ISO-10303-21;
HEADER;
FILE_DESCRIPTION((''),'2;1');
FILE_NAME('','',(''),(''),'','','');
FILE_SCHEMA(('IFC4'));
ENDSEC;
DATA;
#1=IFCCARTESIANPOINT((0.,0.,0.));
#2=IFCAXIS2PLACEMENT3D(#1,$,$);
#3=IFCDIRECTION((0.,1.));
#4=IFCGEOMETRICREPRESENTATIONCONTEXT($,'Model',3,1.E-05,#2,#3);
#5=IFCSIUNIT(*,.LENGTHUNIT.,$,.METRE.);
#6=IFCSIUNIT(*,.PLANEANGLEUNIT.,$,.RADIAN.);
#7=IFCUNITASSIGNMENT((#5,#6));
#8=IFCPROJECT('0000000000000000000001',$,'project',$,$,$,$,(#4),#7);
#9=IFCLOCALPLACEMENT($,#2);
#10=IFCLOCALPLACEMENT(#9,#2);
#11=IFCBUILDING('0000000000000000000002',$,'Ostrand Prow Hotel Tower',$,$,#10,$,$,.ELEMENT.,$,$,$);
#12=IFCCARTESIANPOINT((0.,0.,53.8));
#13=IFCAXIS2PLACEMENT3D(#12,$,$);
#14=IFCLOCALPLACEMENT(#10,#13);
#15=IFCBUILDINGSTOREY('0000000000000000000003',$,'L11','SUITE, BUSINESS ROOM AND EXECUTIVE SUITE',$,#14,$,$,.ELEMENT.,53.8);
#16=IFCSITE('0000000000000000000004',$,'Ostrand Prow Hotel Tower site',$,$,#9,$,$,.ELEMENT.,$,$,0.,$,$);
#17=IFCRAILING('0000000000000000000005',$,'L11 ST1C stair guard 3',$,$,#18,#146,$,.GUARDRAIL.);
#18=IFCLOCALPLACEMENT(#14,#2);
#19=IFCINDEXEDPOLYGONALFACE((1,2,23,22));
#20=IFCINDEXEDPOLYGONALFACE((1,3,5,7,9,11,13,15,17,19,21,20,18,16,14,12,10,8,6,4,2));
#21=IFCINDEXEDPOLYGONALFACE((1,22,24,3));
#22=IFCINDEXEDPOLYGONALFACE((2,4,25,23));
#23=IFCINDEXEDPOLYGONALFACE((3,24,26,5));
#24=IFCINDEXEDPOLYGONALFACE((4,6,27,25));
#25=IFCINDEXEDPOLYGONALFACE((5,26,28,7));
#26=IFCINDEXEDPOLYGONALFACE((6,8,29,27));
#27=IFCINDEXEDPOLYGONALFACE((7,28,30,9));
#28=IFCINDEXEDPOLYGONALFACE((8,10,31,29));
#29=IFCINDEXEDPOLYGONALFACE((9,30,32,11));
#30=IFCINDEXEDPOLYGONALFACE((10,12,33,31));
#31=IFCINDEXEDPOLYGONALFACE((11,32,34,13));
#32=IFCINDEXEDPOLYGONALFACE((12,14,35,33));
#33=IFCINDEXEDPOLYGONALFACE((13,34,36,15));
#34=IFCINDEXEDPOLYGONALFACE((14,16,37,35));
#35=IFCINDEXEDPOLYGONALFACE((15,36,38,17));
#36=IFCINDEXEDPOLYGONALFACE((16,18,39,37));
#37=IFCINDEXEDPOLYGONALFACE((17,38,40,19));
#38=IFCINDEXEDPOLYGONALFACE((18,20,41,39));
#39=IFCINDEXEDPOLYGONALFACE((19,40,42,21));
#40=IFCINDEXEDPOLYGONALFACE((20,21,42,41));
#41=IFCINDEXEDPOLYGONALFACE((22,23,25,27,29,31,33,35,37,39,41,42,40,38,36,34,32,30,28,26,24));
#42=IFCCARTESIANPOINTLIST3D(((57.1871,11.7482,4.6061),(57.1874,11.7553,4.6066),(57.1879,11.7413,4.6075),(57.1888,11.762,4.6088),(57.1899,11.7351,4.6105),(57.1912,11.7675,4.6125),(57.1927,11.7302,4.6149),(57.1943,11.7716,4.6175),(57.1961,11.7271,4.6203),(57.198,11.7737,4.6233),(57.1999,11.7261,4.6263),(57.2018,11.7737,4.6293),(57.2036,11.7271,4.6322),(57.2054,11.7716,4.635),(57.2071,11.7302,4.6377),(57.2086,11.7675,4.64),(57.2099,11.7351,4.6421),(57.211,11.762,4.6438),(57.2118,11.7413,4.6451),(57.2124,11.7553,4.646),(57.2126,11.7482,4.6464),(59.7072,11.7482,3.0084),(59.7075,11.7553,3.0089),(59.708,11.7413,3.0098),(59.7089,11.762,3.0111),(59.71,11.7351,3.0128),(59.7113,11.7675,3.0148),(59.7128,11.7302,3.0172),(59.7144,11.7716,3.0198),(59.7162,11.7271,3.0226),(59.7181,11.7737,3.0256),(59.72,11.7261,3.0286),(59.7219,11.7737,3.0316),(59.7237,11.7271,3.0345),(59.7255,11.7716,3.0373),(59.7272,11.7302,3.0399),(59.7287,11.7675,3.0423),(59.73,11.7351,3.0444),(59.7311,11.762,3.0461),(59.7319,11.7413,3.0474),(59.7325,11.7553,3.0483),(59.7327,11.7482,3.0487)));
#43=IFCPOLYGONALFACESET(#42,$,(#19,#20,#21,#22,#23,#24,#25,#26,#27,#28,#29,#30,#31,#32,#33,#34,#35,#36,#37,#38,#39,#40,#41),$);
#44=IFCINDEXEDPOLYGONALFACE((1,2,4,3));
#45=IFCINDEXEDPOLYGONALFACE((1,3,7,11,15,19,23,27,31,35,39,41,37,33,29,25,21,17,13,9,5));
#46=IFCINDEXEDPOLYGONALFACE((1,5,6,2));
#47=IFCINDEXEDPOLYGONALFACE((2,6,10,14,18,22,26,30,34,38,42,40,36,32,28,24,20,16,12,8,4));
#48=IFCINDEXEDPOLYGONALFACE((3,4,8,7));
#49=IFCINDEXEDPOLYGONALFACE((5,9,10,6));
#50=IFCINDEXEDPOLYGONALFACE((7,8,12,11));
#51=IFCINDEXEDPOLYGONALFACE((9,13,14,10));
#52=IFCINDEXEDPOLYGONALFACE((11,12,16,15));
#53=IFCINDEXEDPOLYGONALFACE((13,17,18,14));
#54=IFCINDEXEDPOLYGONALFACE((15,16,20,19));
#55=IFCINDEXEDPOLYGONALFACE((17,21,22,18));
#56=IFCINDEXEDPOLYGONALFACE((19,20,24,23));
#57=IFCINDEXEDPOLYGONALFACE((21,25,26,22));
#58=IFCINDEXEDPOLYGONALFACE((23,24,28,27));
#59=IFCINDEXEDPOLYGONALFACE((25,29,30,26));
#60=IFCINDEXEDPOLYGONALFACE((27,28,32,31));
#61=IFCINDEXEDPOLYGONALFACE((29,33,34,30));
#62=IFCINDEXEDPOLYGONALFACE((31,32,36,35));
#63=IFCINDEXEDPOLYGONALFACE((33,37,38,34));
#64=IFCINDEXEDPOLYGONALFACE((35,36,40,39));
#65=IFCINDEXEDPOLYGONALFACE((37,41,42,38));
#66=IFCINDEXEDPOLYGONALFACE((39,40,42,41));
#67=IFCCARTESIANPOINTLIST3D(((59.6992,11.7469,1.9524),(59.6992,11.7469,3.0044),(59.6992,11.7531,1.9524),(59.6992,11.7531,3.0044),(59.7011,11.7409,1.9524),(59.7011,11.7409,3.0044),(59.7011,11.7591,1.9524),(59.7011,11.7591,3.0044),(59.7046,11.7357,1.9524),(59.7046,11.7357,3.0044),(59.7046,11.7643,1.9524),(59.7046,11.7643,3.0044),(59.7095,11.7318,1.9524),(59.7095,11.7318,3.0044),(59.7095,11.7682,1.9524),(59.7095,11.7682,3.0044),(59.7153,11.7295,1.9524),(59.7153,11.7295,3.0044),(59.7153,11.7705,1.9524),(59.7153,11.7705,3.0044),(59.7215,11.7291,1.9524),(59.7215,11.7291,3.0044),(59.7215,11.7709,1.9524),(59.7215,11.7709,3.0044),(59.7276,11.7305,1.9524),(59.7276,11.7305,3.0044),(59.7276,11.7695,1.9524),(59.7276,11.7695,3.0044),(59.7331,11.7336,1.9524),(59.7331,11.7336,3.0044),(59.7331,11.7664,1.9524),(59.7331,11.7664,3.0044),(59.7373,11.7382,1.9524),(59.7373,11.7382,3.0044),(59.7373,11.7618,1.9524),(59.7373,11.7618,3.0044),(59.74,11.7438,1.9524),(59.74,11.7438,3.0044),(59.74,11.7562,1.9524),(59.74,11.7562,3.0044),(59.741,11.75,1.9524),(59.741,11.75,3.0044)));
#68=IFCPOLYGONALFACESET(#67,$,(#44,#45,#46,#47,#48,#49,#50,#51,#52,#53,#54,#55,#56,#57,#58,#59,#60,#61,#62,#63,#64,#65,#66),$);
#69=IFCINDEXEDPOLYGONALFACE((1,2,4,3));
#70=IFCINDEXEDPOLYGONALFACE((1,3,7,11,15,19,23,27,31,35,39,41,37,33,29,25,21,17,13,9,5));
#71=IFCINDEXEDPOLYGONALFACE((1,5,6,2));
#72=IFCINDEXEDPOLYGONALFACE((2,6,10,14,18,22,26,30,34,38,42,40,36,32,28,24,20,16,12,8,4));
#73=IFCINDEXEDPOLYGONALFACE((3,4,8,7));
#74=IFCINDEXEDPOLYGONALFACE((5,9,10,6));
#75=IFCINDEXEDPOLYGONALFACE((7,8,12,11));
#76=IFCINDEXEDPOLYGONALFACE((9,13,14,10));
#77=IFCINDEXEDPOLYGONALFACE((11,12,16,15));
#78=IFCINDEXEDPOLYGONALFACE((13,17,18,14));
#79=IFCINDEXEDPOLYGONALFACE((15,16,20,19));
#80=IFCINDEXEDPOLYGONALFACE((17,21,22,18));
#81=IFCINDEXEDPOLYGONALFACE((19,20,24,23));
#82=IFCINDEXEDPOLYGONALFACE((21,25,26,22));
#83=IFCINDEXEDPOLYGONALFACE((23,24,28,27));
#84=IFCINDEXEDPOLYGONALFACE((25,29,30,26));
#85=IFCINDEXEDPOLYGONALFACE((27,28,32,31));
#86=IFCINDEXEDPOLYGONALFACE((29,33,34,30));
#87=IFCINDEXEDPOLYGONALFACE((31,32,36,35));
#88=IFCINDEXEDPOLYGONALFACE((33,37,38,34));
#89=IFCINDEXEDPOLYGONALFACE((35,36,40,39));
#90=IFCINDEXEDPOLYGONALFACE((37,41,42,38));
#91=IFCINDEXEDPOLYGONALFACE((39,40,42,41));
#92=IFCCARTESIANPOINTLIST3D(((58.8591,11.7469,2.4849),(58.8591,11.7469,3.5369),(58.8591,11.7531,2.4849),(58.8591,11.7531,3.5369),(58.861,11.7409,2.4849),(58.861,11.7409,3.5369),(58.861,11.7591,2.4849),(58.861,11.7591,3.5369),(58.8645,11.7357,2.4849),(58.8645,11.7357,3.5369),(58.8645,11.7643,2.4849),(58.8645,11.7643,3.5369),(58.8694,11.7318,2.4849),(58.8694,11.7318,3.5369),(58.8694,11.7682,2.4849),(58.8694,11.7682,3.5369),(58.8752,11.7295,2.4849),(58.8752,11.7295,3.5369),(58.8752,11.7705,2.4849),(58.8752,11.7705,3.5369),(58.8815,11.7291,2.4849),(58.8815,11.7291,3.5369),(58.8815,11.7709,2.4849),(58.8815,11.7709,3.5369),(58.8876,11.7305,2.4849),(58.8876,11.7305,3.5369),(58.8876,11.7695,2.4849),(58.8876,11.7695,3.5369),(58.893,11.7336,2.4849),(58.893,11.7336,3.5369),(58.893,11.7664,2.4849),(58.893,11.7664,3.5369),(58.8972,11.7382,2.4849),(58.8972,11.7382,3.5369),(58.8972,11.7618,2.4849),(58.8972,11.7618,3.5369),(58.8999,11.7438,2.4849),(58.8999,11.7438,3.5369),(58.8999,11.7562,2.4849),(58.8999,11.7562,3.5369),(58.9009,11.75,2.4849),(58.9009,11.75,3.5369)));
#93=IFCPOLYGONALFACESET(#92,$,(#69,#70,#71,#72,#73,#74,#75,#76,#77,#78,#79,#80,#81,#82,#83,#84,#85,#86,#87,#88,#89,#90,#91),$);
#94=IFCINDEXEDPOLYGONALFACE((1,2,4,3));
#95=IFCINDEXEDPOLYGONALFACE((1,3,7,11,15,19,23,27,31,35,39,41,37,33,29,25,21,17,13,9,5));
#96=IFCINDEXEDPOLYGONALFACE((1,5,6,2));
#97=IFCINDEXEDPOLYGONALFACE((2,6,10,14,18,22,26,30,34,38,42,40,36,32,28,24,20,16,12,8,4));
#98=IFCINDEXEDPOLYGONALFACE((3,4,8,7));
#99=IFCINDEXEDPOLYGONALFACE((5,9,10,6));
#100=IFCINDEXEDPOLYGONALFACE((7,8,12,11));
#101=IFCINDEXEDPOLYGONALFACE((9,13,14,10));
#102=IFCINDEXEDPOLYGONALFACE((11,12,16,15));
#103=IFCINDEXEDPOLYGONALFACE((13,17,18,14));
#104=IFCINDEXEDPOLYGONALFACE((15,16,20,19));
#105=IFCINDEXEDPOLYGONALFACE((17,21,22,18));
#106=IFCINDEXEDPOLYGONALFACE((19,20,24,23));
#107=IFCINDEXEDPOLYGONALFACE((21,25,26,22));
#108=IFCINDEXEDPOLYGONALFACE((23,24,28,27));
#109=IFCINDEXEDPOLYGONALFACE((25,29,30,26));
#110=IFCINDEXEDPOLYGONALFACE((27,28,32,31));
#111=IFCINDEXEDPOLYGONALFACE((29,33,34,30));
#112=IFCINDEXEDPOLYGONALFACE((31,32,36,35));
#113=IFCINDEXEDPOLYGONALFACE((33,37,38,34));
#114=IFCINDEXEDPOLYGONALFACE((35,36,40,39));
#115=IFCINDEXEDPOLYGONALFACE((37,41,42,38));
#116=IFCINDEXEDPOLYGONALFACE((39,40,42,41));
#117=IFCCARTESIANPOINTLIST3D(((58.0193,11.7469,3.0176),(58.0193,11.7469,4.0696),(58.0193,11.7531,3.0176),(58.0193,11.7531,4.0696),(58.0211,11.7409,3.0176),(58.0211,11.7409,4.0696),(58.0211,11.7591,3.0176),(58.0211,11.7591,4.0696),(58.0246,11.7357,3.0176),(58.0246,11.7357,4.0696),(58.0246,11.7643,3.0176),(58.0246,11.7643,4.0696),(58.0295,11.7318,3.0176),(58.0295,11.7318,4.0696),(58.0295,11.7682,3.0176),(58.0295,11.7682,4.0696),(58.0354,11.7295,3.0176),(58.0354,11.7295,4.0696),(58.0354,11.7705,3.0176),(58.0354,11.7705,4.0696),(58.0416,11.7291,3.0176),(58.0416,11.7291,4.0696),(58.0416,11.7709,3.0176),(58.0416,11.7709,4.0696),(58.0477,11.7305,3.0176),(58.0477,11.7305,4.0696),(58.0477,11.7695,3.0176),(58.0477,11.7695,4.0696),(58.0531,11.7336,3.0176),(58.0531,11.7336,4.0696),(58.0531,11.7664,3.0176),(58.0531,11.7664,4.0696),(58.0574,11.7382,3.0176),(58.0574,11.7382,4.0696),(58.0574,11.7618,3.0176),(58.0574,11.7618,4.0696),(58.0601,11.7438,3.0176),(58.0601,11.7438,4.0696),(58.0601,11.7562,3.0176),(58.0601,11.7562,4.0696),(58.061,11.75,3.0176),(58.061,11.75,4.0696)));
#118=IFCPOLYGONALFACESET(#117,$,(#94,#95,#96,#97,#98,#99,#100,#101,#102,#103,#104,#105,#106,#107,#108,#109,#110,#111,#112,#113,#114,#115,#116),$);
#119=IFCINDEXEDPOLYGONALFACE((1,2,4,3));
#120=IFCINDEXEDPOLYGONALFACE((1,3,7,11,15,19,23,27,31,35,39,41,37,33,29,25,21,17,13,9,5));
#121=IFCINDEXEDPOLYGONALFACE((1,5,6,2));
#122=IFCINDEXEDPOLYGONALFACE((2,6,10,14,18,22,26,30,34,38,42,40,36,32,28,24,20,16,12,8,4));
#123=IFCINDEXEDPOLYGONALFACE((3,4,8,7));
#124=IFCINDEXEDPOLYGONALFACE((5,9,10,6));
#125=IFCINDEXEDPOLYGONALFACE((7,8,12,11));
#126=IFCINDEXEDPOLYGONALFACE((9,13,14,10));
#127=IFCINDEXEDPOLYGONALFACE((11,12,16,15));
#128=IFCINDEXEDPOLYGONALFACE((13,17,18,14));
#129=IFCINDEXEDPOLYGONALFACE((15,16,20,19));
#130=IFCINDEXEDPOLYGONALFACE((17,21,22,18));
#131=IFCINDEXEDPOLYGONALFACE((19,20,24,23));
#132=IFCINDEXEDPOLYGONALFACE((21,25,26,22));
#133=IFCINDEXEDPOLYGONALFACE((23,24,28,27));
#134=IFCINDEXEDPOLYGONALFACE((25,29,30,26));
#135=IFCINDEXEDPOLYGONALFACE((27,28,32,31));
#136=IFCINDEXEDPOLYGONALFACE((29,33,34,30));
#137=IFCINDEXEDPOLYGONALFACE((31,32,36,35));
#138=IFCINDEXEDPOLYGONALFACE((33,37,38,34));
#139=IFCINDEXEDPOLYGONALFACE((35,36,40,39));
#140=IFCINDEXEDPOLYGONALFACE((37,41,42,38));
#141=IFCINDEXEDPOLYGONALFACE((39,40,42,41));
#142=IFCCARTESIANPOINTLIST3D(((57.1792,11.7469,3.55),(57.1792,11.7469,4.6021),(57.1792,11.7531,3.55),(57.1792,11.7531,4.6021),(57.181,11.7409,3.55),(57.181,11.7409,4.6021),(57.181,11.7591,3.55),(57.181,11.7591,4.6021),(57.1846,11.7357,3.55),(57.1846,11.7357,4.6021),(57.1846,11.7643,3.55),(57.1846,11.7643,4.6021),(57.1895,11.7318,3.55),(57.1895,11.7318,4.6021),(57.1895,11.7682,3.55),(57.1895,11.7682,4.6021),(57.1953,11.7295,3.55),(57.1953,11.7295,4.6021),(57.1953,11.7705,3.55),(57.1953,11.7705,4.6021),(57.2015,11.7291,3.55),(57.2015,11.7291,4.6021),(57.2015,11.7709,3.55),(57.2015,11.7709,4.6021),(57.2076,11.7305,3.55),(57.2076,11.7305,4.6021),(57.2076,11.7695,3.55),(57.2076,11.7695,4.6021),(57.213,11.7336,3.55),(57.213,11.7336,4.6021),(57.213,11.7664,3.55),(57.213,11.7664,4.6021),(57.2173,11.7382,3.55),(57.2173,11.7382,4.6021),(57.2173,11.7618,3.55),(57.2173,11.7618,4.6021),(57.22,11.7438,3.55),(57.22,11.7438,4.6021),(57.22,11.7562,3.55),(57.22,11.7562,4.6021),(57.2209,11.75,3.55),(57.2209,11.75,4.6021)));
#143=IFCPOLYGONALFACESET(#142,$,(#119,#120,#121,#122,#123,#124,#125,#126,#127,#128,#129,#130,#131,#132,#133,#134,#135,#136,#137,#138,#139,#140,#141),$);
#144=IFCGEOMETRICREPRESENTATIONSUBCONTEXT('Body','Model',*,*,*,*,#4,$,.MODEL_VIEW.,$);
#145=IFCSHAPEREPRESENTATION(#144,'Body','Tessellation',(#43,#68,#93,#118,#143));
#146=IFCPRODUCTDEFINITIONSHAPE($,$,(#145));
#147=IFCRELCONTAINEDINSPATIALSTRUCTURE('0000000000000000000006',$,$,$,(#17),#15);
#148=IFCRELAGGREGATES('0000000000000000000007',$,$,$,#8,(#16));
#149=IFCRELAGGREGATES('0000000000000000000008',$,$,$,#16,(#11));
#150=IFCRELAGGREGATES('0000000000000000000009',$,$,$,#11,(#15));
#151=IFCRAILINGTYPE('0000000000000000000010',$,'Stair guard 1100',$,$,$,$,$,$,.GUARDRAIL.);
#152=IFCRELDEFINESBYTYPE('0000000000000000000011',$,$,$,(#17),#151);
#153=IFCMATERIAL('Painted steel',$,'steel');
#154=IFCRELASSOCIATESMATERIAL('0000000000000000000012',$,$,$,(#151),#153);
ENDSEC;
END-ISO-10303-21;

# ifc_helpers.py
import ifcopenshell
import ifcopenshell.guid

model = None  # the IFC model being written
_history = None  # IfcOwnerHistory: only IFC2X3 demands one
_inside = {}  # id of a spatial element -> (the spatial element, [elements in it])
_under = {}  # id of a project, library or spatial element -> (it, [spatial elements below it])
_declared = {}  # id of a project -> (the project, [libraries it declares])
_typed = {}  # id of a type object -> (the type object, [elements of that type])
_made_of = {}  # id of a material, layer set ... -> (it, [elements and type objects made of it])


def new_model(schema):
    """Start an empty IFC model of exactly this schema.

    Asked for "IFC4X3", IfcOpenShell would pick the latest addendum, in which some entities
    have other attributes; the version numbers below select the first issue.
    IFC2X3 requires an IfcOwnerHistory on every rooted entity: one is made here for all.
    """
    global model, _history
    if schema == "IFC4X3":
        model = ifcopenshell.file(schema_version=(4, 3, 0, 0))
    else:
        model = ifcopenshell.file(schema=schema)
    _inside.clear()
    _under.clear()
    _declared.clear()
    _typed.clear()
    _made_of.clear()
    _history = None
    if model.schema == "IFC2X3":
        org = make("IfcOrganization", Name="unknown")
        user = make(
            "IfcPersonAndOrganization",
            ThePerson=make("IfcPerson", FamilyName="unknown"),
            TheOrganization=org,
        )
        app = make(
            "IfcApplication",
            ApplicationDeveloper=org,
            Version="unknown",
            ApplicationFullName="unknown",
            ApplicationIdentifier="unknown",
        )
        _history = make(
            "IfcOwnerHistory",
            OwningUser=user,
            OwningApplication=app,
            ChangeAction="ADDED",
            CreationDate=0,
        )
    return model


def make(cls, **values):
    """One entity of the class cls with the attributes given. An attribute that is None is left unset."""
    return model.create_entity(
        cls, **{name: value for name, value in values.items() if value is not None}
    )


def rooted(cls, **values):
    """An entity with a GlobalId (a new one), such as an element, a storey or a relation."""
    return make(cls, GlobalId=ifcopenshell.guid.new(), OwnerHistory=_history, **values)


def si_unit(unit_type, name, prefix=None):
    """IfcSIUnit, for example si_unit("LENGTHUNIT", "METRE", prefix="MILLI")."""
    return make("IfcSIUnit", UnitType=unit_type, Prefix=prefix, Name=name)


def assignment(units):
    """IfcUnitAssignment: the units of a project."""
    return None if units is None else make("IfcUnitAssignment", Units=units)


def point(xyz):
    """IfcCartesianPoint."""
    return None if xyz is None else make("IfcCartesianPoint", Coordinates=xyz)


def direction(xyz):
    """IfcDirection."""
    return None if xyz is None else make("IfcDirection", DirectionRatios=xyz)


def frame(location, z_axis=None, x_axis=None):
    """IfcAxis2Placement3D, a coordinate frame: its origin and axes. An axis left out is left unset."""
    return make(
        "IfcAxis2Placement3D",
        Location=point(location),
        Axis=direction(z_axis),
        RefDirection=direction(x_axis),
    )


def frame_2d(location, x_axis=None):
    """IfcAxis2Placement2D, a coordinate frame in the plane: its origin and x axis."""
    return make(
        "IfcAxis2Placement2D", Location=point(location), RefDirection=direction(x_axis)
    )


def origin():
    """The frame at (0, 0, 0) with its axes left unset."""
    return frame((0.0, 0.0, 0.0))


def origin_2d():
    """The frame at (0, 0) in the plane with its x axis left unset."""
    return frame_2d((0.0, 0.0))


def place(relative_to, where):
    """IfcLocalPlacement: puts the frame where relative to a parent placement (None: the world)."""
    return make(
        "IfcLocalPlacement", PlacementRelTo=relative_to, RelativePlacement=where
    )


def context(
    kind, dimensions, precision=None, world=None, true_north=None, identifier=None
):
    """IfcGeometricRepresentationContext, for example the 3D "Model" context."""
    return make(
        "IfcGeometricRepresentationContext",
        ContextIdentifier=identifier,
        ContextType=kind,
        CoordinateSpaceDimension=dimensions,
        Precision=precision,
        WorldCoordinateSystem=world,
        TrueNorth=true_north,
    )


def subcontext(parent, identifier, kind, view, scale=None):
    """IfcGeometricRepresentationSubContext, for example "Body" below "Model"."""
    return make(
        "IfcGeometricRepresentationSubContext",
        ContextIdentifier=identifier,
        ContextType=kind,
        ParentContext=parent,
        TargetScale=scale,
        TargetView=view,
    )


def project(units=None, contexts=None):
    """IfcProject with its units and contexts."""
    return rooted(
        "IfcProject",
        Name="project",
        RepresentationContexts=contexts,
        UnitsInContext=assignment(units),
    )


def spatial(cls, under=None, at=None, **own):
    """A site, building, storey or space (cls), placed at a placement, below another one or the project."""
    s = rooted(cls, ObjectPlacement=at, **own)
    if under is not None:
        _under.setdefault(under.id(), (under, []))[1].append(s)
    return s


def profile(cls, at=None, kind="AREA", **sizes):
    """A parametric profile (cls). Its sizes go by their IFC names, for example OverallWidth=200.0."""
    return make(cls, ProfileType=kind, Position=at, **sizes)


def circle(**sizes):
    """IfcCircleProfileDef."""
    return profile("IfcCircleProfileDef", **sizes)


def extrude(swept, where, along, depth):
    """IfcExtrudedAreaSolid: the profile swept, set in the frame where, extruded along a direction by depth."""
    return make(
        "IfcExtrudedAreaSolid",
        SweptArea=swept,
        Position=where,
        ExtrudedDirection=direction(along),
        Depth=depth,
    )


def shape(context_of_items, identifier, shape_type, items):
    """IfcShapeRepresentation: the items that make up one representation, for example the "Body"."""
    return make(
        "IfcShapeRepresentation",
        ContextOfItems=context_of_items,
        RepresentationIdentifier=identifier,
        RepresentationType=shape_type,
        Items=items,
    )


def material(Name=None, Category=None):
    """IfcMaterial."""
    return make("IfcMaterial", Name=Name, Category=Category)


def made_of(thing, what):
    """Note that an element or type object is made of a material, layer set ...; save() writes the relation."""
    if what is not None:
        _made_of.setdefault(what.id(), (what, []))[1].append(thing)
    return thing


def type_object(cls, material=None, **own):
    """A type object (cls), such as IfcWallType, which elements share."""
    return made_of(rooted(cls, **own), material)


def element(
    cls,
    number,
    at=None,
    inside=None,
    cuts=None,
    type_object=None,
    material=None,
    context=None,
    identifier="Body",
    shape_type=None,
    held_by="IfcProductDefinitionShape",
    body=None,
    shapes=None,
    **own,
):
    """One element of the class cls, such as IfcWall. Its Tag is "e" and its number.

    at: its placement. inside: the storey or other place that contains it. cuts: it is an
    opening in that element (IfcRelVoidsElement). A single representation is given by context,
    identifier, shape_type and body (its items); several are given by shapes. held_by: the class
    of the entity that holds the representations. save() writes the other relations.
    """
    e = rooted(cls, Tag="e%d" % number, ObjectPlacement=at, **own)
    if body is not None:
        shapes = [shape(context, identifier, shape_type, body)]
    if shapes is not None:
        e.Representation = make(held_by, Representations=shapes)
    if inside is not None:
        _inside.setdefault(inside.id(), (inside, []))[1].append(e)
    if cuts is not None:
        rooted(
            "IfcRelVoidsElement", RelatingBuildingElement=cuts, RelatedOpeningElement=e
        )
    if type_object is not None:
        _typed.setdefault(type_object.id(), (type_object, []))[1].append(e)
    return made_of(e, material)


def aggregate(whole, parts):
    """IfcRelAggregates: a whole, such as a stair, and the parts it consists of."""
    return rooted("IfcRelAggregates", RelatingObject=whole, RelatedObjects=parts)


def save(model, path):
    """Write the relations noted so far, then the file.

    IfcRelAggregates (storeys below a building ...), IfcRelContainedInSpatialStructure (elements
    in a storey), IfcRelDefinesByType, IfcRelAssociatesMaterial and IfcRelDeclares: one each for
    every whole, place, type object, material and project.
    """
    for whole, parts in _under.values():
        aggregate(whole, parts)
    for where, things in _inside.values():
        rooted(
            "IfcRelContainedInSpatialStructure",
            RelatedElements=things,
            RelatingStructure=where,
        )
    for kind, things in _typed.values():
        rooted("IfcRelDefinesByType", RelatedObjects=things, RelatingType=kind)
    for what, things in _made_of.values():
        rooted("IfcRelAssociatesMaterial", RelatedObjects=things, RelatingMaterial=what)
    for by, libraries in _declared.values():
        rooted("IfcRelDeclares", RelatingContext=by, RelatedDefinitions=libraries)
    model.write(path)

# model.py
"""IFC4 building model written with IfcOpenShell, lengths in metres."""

from ifc_helpers import new_model, si_unit, direction, frame, origin, origin_2d, place, context, subcontext, project, spatial, circle, extrude, material, type_object, element, save


model = new_model("IFC4")

# Units and contexts
model_context = context("Model", 3, precision=1e-05, world=origin(), true_north=direction((0.0, 1.0)))
body_context = subcontext(model_context, "Body", "Model", "MODEL_VIEW")
ifc_project = project(units=[si_unit("LENGTHUNIT", "METRE"), si_unit("PLANEANGLEUNIT", "RADIAN")], contexts=[model_context])

# Site, building, storey
site_placement = place(None, origin())
site = spatial("IfcSite", under=ifc_project, at=site_placement, Name="Ostrand Prow Hotel Tower site", CompositionType="ELEMENT", RefElevation=0.0)
building_placement = place(site_placement, origin())
building = spatial("IfcBuilding", under=site, at=building_placement, Name="Ostrand Prow Hotel Tower", CompositionType="ELEMENT")
storey_placement = place(building_placement, frame((0.0, 0.0, 53.8)))
storey = spatial("IfcBuildingStorey", under=building, at=storey_placement, Name="L11", Description="SUITE, BUSINESS ROOM AND EXECUTIVE SUITE", CompositionType="ELEMENT", Elevation=53.8)

# Railing
ifc_material_1 = material(Name="Painted steel", Category="steel")
railing_type_1 = type_object("IfcRailingType", Name="Stair guard 1100", PredefinedType="GUARDRAIL", material=ifc_material_1)
railing_1_placement = place(storey_placement, frame((59.72, 11.75, 1.9524)))
element("IfcRailing", 1, at=railing_1_placement, inside=storey, type_object=railing_type_1, Name="L11 ST1C stair guard 3", PredefinedType="GUARDRAIL", context=body_context, shape_type="SweptSolid", body=[
    extrude(circle(Radius=0.0239, at=origin_2d()), frame((0.0, 0.0, 1.0762), z_axis=(-0.84457, 0.0, 0.535445), x_axis=(0.0, -1.0, 0.0)), (0.0, 0.0, 1.0), 2.9839),
    extrude(circle(Radius=0.021, at=origin_2d()), origin(), (0.0, 0.0, 1.0), 1.052),
    extrude(circle(Radius=0.021, at=origin_2d()), frame((-0.8401, 0.0, 0.5325)), (0.0, 0.0, 1.0), 1.052),
    extrude(circle(Radius=0.021, at=origin_2d()), frame((-1.6799, 0.0, 1.0652)), (0.0, 0.0, 1.0), 1.052),
    extrude(circle(Radius=0.021, at=origin_2d()), frame((-2.52, 0.0, 1.5977)), (0.0, 0.0, 1.0), 1.052),
])

save(model, "model.ifc")
